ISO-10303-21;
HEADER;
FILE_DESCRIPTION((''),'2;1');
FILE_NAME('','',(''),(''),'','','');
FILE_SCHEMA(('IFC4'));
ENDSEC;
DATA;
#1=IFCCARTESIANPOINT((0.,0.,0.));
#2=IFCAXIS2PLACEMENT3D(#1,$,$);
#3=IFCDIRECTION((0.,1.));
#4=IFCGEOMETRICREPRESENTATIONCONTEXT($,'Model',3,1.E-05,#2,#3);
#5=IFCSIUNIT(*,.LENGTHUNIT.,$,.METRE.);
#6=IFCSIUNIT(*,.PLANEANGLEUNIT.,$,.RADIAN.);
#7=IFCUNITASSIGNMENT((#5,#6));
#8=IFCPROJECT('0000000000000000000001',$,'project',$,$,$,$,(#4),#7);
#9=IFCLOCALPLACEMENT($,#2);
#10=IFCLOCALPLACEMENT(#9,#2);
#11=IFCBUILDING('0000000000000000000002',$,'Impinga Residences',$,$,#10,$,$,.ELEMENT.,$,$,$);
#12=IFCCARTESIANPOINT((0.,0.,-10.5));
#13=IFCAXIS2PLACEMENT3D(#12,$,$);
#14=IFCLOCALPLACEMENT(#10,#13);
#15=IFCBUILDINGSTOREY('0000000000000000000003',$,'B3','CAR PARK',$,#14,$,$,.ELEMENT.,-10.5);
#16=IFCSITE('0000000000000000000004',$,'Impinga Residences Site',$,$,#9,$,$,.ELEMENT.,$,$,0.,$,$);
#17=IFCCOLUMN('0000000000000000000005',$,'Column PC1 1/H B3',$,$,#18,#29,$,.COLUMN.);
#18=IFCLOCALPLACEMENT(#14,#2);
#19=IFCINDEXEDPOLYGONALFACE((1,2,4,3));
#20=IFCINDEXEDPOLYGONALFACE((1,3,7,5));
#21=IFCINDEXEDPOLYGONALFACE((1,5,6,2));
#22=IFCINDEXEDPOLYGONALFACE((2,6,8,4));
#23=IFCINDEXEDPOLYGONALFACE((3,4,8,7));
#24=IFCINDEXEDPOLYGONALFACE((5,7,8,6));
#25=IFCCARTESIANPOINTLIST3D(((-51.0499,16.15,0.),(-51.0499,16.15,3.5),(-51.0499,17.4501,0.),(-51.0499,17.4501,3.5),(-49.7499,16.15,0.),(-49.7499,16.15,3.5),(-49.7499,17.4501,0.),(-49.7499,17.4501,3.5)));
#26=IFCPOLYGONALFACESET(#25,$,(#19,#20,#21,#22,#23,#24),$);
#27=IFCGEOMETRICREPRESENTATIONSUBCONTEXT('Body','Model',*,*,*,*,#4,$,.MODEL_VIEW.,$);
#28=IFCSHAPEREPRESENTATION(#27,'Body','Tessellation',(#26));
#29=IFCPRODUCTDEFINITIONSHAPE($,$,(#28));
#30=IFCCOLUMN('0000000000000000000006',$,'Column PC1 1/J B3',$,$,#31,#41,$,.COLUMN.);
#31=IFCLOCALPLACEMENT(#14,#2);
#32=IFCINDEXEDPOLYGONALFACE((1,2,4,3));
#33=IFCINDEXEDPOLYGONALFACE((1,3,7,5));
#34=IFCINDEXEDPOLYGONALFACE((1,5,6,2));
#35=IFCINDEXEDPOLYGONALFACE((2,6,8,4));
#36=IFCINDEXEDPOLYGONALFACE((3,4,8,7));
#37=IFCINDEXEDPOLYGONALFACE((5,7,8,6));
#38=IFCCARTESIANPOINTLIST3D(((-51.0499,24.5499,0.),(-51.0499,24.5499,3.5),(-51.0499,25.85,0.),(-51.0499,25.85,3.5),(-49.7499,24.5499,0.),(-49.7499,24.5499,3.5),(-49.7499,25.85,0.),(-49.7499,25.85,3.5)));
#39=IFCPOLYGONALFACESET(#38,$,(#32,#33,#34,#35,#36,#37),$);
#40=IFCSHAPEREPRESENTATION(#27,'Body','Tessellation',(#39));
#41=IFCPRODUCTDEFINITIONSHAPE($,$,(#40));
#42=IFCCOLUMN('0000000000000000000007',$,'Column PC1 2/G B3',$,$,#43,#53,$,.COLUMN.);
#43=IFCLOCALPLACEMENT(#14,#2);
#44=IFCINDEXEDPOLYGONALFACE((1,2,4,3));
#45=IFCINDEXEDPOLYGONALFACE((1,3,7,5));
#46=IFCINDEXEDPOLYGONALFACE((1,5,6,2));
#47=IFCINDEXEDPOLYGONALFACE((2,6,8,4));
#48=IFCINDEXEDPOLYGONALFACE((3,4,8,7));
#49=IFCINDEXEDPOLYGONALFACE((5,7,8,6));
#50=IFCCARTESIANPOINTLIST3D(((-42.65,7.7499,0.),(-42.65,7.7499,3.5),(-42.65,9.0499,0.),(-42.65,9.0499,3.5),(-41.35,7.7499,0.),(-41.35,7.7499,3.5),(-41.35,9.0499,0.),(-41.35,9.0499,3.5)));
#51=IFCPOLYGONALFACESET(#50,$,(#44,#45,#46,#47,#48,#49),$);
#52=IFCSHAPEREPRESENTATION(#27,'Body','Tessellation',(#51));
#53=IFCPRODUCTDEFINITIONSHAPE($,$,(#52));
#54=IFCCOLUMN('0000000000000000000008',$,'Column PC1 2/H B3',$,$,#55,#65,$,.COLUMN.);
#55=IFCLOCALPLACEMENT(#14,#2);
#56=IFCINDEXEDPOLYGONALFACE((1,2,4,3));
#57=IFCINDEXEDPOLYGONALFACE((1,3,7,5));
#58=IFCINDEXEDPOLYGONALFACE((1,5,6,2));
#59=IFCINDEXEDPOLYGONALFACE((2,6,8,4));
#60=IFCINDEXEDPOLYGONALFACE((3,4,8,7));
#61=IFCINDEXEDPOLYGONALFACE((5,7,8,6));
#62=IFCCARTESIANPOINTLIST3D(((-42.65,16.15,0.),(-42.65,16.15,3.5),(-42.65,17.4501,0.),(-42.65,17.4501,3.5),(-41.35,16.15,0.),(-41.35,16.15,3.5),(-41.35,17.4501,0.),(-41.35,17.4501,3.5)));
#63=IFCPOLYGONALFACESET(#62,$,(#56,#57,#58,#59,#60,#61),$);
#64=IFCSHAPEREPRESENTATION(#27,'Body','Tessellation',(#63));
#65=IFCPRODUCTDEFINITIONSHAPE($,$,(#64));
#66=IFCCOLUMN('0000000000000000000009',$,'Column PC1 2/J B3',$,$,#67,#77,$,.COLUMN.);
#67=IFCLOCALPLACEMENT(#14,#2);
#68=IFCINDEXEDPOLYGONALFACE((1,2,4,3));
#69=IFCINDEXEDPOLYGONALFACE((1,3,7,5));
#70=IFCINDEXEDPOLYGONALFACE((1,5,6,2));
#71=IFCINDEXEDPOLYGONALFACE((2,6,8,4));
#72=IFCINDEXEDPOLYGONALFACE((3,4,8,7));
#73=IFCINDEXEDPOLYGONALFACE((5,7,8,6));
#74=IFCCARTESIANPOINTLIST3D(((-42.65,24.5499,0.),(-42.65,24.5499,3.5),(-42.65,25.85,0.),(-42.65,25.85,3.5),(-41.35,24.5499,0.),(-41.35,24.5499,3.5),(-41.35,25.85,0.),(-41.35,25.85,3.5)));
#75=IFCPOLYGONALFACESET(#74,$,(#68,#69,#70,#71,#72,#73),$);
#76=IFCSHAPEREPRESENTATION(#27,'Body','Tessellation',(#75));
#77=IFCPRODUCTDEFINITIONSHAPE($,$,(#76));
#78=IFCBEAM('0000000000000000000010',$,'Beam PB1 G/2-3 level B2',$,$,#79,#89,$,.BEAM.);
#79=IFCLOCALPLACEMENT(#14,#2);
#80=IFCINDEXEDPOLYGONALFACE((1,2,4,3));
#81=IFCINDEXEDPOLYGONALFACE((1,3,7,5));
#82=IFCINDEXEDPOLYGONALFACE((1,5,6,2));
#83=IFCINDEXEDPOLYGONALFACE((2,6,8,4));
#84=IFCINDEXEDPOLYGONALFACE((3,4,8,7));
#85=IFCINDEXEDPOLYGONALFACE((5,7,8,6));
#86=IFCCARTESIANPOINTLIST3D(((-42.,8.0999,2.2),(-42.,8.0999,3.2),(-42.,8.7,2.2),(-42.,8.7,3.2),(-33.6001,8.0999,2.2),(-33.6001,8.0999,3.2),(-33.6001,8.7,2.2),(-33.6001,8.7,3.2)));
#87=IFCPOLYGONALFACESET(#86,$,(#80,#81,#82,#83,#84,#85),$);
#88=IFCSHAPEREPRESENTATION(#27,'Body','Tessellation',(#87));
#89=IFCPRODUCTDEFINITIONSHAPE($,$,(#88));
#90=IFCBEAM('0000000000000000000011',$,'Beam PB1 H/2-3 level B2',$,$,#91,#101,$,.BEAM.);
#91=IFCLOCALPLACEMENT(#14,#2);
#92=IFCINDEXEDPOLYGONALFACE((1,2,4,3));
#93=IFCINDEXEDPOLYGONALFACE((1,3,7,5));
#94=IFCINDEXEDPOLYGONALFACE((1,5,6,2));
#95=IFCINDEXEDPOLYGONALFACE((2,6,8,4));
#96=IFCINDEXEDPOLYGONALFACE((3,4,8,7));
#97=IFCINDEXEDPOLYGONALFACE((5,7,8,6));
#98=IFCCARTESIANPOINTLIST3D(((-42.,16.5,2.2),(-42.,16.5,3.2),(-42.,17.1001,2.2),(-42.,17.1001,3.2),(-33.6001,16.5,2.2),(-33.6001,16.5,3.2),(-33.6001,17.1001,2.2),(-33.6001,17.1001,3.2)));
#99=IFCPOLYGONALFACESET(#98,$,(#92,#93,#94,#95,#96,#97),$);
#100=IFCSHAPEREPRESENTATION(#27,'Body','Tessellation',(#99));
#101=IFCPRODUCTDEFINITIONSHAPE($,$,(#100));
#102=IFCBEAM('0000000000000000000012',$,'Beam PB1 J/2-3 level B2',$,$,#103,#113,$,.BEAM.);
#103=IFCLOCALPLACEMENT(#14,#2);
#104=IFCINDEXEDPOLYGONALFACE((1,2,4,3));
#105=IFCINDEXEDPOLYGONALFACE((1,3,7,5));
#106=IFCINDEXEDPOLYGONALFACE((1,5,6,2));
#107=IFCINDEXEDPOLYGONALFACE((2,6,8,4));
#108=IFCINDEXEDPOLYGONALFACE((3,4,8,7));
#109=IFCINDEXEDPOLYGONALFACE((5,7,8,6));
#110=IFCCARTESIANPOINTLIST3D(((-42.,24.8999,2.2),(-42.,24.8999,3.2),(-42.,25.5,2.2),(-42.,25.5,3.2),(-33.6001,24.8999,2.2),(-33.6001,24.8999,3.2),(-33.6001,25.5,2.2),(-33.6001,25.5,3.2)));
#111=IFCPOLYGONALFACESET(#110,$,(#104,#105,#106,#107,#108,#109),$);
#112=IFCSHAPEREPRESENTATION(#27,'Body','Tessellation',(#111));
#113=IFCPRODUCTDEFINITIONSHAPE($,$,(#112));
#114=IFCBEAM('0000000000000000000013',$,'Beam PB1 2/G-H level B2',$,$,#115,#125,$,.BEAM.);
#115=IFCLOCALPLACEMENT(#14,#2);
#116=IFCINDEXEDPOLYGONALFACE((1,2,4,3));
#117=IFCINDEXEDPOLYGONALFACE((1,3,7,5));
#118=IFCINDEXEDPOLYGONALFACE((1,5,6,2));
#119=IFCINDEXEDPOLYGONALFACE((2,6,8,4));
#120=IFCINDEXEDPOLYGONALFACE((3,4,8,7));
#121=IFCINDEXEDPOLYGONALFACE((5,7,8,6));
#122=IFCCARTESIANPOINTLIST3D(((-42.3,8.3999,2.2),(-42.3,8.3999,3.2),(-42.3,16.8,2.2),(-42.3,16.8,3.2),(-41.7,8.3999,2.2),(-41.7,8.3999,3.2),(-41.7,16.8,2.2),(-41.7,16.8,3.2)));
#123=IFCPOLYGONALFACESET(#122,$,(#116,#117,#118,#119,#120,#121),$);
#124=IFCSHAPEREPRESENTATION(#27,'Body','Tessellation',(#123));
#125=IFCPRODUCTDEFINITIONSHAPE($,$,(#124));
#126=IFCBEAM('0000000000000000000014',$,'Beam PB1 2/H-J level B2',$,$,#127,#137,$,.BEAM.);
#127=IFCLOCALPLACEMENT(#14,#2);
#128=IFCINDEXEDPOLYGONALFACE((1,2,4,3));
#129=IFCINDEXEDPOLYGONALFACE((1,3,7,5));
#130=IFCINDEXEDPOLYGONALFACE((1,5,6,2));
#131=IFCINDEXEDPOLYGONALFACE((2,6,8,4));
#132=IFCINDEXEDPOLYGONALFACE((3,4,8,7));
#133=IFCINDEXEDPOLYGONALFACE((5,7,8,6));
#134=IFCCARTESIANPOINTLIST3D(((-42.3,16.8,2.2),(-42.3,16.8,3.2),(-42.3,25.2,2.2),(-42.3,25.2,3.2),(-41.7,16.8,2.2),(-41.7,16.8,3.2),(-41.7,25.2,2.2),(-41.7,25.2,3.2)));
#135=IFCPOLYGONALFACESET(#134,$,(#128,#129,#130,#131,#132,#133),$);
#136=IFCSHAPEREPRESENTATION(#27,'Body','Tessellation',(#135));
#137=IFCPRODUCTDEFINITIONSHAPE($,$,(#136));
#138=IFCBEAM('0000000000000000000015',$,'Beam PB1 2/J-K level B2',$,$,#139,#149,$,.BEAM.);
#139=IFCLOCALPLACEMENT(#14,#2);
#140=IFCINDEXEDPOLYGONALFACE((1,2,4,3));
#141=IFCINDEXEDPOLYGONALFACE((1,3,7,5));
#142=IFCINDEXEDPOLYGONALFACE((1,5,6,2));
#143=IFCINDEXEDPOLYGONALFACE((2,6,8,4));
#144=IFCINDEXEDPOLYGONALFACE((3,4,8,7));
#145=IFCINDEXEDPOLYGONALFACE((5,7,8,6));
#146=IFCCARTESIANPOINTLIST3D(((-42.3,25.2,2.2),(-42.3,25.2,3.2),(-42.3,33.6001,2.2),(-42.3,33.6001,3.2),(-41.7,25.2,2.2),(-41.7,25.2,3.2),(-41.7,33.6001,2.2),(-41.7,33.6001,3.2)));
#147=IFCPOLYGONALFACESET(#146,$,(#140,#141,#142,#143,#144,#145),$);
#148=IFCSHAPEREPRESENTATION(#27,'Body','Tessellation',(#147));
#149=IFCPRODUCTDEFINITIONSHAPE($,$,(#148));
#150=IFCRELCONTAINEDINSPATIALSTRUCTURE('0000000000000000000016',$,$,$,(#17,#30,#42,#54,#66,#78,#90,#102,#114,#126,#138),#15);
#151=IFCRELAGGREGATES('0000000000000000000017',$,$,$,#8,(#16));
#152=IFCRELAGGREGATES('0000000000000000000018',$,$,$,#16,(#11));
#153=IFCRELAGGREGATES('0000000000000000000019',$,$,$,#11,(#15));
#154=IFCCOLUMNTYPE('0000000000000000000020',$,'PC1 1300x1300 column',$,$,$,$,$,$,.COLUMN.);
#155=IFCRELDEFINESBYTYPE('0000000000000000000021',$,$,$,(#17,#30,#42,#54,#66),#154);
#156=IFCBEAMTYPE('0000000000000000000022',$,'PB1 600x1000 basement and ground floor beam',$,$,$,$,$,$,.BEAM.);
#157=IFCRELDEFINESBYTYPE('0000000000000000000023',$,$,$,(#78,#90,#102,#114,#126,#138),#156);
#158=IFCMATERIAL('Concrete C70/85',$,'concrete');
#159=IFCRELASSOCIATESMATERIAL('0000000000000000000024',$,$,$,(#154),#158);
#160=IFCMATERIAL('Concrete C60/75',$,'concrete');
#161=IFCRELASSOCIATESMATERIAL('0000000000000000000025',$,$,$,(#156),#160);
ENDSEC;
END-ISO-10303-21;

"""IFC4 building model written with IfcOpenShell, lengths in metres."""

from ifc_helpers import new_model, si_unit, direction, frame, origin, origin_2d, place, context, subcontext, project, spatial, rectangle, extrude, material, material_profile, profile_set, type_object, element, save


model = new_model("IFC4")

# Units and contexts
model_context = context("Model", 3, precision=1e-05, world=origin(), true_north=direction((0.0, 1.0)))
body_context = subcontext(model_context, "Body", "Model", "MODEL_VIEW")
ifc_project = project(units=[si_unit("LENGTHUNIT", "METRE"), si_unit("PLANEANGLEUNIT", "RADIAN")], contexts=[model_context])

# Site, building, storey
site_placement = place(None, origin())
site = spatial("IfcSite", under=ifc_project, at=site_placement, Name="Impinga Residences Site", CompositionType="ELEMENT", RefElevation=0.0)
building_placement = place(site_placement, origin())
building = spatial("IfcBuilding", under=site, at=building_placement, Name="Impinga Residences", CompositionType="ELEMENT")
storey_placement = place(building_placement, frame((0.0, 0.0, -10.5)))
storey = spatial("IfcBuildingStorey", under=building, at=storey_placement, Name="B3", Description="CAR PARK", CompositionType="ELEMENT", Elevation=-10.5)

# Columns
ifc_material_1 = material(Name="Concrete C70/85", Category="concrete")
ifc_material_profile_1 = material_profile(ifc_material_1, rectangle(XDim=1.3, YDim=1.3, at=origin_2d()), Name="RC 1300x1300")
ifc_profile_set_1 = profile_set([ifc_material_profile_1], Name="Concrete C70/85")
column_type = type_object("IfcColumnType", Name="PC1 1300x1300 column", PredefinedType="COLUMN", material=ifc_profile_set_1)
for number, where, z_axis, x_axis, name in (
    (1, (-50.3999, 16.8, 0.0), (0.0, 0.0, 1.0), (1.0, 0.0, 0.0), "Column PC1 1/H B3"),
    (2, (-50.3999, 25.2, 0.0), (0.0, 0.0, 1.0), (1.0, 0.0, 0.0), "Column PC1 1/J B3"),
    (3, (-42.0, 8.3999, 0.0), (0.0, 0.0, 1.0), (1.0, 0.0, 0.0), "Column PC1 2/G B3"),
    (4, (-42.0, 16.8, 0.0), (0.0, 0.0, 1.0), (1.0, 0.0, 0.0), "Column PC1 2/H B3"),
    (5, (-42.0, 25.2, 0.0), (0.0, 0.0, 1.0), (1.0, 0.0, 0.0), "Column PC1 2/J B3"),
):
    element("IfcColumn", number, at=place(storey_placement, frame(where, z_axis=z_axis, x_axis=x_axis)), inside=storey, type_object=column_type, Name=name, PredefinedType="COLUMN", context=body_context, shape_type="SweptSolid", body=[
        extrude(rectangle(XDim=1.3, YDim=1.3, at=origin_2d()), origin(), (0.0, 0.0, 1.0), 3.5),
    ])

# Beams
ifc_material_2 = material(Name="Concrete C60/75", Category="concrete")
ifc_material_profile_2 = material_profile(ifc_material_2, rectangle(XDim=0.6001, YDim=1.0, at=origin_2d()), Name="RC 600x1000")
ifc_profile_set_2 = profile_set([ifc_material_profile_2], Name="Concrete C60/75")
beam_type = type_object("IfcBeamType", Name="PB1 600x1000 basement and ground floor beam", PredefinedType="BEAM", material=ifc_profile_set_2)
for number, where, z_axis, x_axis, name in (
    (6, (-42.0, 8.3999, 2.7), (1.0, 0.0, 0.0), (0.0, 1.0, 0.0), "Beam PB1 G/2-3 level B2"),
    (7, (-42.0, 16.8, 2.7), (1.0, 0.0, 0.0), (0.0, 1.0, 0.0), "Beam PB1 H/2-3 level B2"),
    (8, (-42.0, 25.2, 2.7), (1.0, 0.0, 0.0), (0.0, 1.0, 0.0), "Beam PB1 J/2-3 level B2"),
):
    element("IfcBeam", number, at=place(storey_placement, frame(where, z_axis=z_axis, x_axis=x_axis)), inside=storey, type_object=beam_type, Name=name, PredefinedType="BEAM", context=body_context, shape_type="SweptSolid", body=[
        extrude(rectangle(XDim=0.6001, YDim=1.0, at=origin_2d()), origin(), (0.0, 0.0, 1.0), 8.3999),
    ])
beam_1_placement = place(storey_placement, frame((-42.0, 8.3999, 2.7), z_axis=(0.0, 1.0, 0.0), x_axis=(-1.0, 0.0, 0.0)))
element("IfcBeam", 9, at=beam_1_placement, inside=storey, type_object=beam_type, Name="Beam PB1 2/G-H level B2", PredefinedType="BEAM", context=body_context, shape_type="SweptSolid", body=[
    extrude(rectangle(XDim=0.6001, YDim=1.0, at=origin_2d()), origin(), (0.0, 0.0, 1.0), 8.4001),
])
beam_2_placement = place(storey_placement, frame((-42.0, 16.8, 2.7), z_axis=(0.0, 1.0, 0.0), x_axis=(-1.0, 0.0, 0.0)))
element("IfcBeam", 10, at=beam_2_placement, inside=storey, type_object=beam_type, Name="Beam PB1 2/H-J level B2", PredefinedType="BEAM", context=body_context, shape_type="SweptSolid", body=[
    extrude(rectangle(XDim=0.6001, YDim=1.0, at=origin_2d()), origin(), (0.0, 0.0, 1.0), 8.3999),
])
beam_3_placement = place(storey_placement, frame((-42.0, 25.2, 2.7), z_axis=(0.0, 1.0, 0.0), x_axis=(-1.0, 0.0, 0.0)))
element("IfcBeam", 11, at=beam_3_placement, inside=storey, type_object=beam_type, Name="Beam PB1 2/J-K level B2", PredefinedType="BEAM", context=body_context, shape_type="SweptSolid", body=[
    extrude(rectangle(XDim=0.6001, YDim=1.0, at=origin_2d()), origin(), (0.0, 0.0, 1.0), 8.4001),
])

save(model, "model.ifc")
